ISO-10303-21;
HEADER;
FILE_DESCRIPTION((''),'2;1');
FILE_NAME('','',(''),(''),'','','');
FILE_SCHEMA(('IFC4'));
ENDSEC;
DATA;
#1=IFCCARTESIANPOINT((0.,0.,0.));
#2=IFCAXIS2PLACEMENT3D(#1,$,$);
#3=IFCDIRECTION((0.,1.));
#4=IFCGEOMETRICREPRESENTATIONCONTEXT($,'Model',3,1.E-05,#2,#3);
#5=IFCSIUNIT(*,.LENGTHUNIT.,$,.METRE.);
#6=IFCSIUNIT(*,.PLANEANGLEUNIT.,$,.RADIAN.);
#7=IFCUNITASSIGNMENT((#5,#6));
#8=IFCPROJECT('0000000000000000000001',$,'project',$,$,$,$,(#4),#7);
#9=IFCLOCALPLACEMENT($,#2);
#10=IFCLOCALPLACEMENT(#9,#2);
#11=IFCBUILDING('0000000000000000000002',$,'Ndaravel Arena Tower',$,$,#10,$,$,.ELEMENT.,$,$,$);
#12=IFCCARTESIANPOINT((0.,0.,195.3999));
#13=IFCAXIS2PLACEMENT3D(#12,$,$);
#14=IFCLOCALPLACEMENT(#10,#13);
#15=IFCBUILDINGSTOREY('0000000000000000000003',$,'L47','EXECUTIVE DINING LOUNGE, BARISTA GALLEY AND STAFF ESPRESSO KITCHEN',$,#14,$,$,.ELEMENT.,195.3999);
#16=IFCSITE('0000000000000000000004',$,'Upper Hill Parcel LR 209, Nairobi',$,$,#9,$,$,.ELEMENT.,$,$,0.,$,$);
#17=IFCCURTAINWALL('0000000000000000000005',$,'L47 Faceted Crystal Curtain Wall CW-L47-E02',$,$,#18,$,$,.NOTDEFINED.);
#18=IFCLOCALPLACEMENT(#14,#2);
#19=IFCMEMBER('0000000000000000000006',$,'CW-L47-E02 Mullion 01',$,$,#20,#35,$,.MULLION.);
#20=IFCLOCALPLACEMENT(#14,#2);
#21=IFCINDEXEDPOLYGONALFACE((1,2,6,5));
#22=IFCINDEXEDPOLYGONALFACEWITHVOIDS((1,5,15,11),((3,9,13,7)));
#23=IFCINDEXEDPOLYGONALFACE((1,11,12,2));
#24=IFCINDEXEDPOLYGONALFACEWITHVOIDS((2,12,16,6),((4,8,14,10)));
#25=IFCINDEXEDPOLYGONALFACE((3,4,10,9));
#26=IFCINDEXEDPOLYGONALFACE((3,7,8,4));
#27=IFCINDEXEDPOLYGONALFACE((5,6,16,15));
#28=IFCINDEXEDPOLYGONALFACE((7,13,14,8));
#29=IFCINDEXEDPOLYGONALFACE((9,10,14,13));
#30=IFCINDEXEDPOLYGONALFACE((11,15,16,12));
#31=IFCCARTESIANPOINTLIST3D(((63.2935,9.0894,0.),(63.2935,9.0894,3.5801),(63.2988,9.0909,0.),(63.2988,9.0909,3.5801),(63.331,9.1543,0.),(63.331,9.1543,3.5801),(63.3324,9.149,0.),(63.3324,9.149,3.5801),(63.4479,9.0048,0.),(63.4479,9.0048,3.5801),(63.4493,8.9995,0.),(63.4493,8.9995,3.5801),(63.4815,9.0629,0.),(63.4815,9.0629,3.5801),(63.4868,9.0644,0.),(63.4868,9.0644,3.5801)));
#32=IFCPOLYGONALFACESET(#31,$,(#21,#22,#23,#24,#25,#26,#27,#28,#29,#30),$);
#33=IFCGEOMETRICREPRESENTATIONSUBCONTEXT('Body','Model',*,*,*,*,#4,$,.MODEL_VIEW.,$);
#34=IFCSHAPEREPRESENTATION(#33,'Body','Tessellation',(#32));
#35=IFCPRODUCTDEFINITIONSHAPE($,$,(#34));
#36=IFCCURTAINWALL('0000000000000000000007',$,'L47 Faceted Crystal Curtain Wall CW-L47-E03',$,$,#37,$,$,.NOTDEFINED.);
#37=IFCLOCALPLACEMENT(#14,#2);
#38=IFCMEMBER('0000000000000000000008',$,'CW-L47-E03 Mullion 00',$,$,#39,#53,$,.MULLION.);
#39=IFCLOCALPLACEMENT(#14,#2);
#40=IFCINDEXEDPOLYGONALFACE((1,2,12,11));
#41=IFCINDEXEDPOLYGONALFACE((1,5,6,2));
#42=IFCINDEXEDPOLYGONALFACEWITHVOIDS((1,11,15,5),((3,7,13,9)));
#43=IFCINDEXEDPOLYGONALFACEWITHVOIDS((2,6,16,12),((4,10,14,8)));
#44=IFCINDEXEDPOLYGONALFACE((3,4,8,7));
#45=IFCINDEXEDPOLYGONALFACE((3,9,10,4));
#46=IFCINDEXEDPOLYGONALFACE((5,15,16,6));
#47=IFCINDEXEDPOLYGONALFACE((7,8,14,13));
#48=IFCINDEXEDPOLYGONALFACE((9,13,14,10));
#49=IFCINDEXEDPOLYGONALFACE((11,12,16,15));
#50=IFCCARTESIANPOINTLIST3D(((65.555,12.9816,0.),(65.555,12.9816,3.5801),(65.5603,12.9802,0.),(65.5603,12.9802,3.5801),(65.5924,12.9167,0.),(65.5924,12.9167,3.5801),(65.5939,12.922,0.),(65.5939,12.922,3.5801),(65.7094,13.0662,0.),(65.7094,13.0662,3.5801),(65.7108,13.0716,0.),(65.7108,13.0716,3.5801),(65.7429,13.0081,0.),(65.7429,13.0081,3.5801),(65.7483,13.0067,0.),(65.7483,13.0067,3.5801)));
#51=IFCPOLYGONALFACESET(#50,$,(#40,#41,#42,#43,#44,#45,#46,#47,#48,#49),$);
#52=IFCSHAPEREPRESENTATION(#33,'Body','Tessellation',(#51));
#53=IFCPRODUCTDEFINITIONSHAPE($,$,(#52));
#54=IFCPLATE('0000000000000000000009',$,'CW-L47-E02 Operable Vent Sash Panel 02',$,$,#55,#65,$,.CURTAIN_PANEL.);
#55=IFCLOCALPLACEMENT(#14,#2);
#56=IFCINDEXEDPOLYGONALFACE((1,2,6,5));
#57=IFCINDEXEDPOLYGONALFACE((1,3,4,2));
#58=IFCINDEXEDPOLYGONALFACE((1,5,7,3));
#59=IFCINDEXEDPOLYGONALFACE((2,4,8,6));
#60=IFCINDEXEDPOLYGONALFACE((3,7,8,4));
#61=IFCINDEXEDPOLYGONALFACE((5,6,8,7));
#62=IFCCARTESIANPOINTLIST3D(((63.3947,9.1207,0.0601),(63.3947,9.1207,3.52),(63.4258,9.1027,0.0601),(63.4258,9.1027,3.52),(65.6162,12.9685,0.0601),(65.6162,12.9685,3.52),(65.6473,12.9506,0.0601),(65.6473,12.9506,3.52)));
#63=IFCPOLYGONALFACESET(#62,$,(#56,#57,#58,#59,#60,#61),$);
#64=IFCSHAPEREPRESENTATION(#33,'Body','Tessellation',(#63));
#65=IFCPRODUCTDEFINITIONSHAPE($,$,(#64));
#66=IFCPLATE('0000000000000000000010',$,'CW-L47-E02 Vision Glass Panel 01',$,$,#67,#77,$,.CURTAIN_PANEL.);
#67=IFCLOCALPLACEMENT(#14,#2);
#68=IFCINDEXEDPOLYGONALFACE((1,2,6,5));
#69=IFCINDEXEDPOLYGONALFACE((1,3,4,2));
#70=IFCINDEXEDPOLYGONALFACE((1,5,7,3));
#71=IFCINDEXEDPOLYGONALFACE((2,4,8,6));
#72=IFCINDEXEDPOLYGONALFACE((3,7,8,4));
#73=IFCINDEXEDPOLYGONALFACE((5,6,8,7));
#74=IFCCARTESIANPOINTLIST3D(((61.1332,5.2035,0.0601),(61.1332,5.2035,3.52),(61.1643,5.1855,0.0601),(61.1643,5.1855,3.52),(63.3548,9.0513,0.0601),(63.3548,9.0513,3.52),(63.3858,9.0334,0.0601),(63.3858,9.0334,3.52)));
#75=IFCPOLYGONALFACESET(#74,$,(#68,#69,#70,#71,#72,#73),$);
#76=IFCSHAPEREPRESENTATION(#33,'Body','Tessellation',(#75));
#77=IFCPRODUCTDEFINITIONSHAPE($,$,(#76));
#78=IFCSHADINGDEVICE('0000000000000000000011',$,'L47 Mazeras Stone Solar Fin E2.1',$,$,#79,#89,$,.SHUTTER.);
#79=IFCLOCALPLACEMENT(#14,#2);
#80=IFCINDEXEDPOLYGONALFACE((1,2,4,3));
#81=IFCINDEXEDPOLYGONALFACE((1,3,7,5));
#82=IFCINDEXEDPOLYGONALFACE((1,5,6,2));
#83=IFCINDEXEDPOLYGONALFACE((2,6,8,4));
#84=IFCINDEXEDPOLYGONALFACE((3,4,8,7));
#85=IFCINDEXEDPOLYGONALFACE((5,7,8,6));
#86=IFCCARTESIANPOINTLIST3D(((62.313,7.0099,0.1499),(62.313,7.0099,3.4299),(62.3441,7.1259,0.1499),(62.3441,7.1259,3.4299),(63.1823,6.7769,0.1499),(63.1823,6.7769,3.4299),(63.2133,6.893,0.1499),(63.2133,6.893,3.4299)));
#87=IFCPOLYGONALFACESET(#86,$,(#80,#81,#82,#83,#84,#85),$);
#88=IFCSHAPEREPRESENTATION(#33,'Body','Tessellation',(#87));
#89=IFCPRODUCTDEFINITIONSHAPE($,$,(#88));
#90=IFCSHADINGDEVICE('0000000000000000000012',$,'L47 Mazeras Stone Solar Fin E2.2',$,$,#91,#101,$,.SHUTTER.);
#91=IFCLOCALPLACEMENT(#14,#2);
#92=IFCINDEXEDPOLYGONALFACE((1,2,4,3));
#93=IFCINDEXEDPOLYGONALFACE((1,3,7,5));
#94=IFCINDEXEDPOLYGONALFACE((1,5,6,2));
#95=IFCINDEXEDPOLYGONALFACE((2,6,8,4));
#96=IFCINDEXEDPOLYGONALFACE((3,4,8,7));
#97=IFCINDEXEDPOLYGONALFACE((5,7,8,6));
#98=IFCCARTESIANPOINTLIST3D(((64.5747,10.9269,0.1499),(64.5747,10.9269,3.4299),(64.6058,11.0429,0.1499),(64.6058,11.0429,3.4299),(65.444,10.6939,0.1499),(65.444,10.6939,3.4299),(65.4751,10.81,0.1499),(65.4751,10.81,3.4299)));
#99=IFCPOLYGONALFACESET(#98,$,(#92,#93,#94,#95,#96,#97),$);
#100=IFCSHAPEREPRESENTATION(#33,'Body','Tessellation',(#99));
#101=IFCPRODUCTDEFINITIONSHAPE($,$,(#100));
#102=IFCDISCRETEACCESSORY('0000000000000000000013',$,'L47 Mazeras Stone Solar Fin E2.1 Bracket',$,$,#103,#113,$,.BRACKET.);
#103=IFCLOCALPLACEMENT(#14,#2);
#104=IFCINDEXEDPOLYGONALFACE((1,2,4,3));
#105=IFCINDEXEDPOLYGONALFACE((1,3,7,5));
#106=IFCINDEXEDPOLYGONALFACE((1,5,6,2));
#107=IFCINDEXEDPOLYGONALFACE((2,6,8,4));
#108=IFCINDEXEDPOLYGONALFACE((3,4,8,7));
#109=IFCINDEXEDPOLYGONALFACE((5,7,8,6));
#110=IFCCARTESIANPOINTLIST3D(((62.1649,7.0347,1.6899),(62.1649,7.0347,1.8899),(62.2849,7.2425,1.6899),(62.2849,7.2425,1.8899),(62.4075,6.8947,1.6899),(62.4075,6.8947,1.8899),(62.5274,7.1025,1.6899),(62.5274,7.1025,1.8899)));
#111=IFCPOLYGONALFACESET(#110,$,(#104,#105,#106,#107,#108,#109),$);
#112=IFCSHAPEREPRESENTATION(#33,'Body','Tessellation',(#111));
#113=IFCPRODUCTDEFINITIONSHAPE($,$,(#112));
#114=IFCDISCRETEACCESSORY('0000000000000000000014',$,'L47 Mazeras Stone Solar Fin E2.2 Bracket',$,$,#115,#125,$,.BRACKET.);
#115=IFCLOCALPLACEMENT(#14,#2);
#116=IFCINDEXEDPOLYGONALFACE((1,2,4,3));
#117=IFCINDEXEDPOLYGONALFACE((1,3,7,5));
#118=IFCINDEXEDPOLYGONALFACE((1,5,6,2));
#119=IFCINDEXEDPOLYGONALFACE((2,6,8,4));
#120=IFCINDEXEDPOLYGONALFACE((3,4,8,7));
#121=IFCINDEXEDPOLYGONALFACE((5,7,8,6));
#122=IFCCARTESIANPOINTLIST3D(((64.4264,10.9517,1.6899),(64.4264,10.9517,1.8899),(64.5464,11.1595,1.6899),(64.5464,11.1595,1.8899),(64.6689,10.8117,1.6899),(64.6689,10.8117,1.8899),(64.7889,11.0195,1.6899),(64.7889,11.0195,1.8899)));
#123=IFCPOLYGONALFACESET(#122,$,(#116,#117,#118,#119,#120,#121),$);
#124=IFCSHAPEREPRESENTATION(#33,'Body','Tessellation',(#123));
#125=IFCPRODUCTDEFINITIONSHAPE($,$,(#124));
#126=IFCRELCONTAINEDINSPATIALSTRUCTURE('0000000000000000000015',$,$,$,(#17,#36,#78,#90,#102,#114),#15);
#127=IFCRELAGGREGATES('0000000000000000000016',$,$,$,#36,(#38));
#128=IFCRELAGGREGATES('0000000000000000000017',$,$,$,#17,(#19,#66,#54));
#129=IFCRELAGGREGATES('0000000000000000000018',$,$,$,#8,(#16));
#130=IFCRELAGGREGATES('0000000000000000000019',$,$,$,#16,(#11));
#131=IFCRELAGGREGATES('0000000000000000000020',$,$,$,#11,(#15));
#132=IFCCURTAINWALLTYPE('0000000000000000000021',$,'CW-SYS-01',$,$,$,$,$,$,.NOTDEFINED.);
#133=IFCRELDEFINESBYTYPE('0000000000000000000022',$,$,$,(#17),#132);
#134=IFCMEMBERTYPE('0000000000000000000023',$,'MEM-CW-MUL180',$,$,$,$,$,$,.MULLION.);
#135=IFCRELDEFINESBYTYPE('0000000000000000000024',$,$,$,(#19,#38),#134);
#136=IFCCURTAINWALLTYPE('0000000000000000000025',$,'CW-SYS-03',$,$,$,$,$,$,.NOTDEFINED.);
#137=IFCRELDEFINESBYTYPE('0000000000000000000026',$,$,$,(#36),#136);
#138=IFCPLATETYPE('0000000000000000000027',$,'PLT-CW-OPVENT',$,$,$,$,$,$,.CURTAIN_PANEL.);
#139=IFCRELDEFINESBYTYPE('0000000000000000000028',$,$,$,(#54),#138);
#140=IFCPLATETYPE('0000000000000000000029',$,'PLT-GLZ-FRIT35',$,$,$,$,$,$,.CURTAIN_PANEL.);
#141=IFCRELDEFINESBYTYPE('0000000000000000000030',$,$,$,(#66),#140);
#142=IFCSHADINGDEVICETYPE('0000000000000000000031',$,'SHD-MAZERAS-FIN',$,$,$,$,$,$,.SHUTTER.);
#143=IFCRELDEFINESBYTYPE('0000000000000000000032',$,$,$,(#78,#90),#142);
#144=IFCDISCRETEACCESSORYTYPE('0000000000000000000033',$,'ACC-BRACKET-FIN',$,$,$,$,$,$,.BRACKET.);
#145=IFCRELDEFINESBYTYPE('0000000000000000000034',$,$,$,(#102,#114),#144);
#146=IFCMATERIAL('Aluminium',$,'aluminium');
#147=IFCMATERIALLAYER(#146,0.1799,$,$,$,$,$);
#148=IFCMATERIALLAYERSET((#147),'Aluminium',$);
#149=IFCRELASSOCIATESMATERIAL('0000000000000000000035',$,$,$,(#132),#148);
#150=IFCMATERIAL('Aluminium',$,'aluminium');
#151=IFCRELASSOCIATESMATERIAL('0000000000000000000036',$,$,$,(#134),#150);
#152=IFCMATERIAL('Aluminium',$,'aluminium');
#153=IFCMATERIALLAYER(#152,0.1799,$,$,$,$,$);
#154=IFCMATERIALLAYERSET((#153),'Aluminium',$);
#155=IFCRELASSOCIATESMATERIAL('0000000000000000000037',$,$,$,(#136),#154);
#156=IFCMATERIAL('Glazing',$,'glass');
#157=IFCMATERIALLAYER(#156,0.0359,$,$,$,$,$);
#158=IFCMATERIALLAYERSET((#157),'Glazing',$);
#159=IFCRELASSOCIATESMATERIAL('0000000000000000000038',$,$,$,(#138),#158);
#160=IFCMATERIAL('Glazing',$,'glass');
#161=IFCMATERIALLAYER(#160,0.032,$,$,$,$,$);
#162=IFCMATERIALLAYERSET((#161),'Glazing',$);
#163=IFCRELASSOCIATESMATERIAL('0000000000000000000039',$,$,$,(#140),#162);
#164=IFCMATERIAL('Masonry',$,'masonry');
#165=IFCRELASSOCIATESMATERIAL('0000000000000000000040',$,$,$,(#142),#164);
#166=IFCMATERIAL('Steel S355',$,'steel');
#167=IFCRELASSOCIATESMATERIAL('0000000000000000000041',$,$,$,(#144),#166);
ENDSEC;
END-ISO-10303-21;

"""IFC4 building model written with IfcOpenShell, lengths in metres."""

from ifc_helpers import new_model, si_unit, direction, frame, origin, origin_2d, place, context, subcontext, project, spatial, rectangle, hollow_rectangle, extrude, material, layer, layer_set, material_profile, profile_set, type_object, element, aggregate, save


model = new_model("IFC4")

# Units and contexts
model_context = context("Model", 3, precision=1e-05, world=origin(), true_north=direction((0.0, 1.0)))
body_context = subcontext(model_context, "Body", "Model", "MODEL_VIEW")
ifc_project = project(units=[si_unit("LENGTHUNIT", "METRE"), si_unit("PLANEANGLEUNIT", "RADIAN")], contexts=[model_context])

# Site, building, storey
site_placement = place(None, origin())
site = spatial("IfcSite", under=ifc_project, at=site_placement, Name="Upper Hill Parcel LR 209, Nairobi", CompositionType="ELEMENT", RefElevation=0.0)
building_placement = place(site_placement, origin())
building = spatial("IfcBuilding", under=site, at=building_placement, Name="Ndaravel Arena Tower", CompositionType="ELEMENT")
storey_placement = place(building_placement, frame((0.0, 0.0, 195.3999)))
storey = spatial("IfcBuildingStorey", under=building, at=storey_placement, Name="L47", Description="EXECUTIVE DINING LOUNGE, BARISTA GALLEY AND STAFF ESPRESSO KITCHEN", CompositionType="ELEMENT", Elevation=195.3999)

# Curtain walls, members
ifc_material_1 = material(Name="Aluminium", Category="aluminium")
ifc_layer_1 = layer(ifc_material_1, 0.1799)
ifc_layer_set_1 = layer_set([ifc_layer_1], Name="Aluminium")
curtain_wall_type_1 = type_object("IfcCurtainWallType", Name="CW-SYS-01", PredefinedType="NOTDEFINED", material=ifc_layer_set_1)
curtain_wall_1_placement = place(storey_placement, origin())
curtain_wall_1 = element("IfcCurtainWall", 1, at=curtain_wall_1_placement, inside=storey, type_object=curtain_wall_type_1, Name="L47 Faceted Crystal Curtain Wall CW-L47-E02", PredefinedType="NOTDEFINED")
ifc_material_2 = material(Name="Aluminium", Category="aluminium")
ifc_material_profile_1 = material_profile(ifc_material_2, hollow_rectangle(XDim=0.075, YDim=0.1799, WallThickness=0.0039, at=origin_2d()), Name="CW MULLION 75x180x4")
ifc_profile_set_1 = profile_set([ifc_material_profile_1], Name="Aluminium")
member_type = type_object("IfcMemberType", Name="MEM-CW-MUL180", PredefinedType="MULLION", material=ifc_profile_set_1)
member_1_placement = place(storey_placement, frame((63.3901, 9.0769, 0.0), z_axis=(0.0, 0.0, 1.0), x_axis=(0.5, 0.866025, 0.0)))
member_1 = element("IfcMember", 2, at=member_1_placement, type_object=member_type, Name="CW-L47-E02 Mullion 01", PredefinedType="MULLION", context=body_context, shape_type="SweptSolid", body=[
    extrude(hollow_rectangle(XDim=0.075, YDim=0.1799, WallThickness=0.0039, at=origin_2d()), origin(), (0.0, 0.0, 1.0), 3.5801),
])
ifc_material_3 = material(Name="Aluminium", Category="aluminium")
ifc_layer_2 = layer(ifc_material_3, 0.1799)
ifc_layer_set_2 = layer_set([ifc_layer_2], Name="Aluminium")
curtain_wall_type_2 = type_object("IfcCurtainWallType", Name="CW-SYS-03", PredefinedType="NOTDEFINED", material=ifc_layer_set_2)
curtain_wall_2_placement = place(storey_placement, origin())
curtain_wall_2 = element("IfcCurtainWall", 3, at=curtain_wall_2_placement, inside=storey, type_object=curtain_wall_type_2, Name="L47 Faceted Crystal Curtain Wall CW-L47-E03", PredefinedType="NOTDEFINED")
member_2_placement = place(storey_placement, frame((65.6516, 12.9941, 0.0), z_axis=(0.0, 0.0, 1.0), x_axis=(-0.5, 0.866025, 0.0)))
member_2 = element("IfcMember", 4, at=member_2_placement, type_object=member_type, Name="CW-L47-E03 Mullion 00", PredefinedType="MULLION", context=body_context, shape_type="SweptSolid", body=[
    extrude(hollow_rectangle(XDim=0.075, YDim=0.1799, WallThickness=0.0039, at=origin_2d()), origin(), (0.0, 0.0, 1.0), 3.5801),
])
aggregate(curtain_wall_2, [member_2])

# Plates
ifc_material_4 = material(Name="Glazing", Category="glass")
ifc_layer_3 = layer(ifc_material_4, 0.0359)
ifc_layer_set_3 = layer_set([ifc_layer_3], Name="Glazing")
plate_type_1 = type_object("IfcPlateType", Name="PLT-CW-OPVENT", PredefinedType="CURTAIN_PANEL", material=ifc_layer_set_3)
plate_1_placement = place(storey_placement, frame((64.521, 11.0356, 0.0601), z_axis=(0.0, 0.0, 1.0), x_axis=(0.5, 0.866025, 0.0)))
plate_1 = element("IfcPlate", 5, at=plate_1_placement, type_object=plate_type_1, Name="CW-L47-E02 Operable Vent Sash Panel 02", PredefinedType="CURTAIN_PANEL", context=body_context, shape_type="SweptSolid", body=[
    extrude(rectangle(XDim=4.4431, YDim=0.0359, at=origin_2d()), origin(), (0.0, 0.0, 1.0), 3.46),
])
ifc_material_5 = material(Name="Glazing", Category="glass")
ifc_layer_4 = layer(ifc_material_5, 0.032)
ifc_layer_set_4 = layer_set([ifc_layer_4], Name="Glazing")
plate_type_2 = type_object("IfcPlateType", Name="PLT-GLZ-FRIT35", PredefinedType="CURTAIN_PANEL", material=ifc_layer_set_4)
plate_2_placement = place(storey_placement, frame((62.2595, 7.1184, 0.0601), z_axis=(0.0, 0.0, 1.0), x_axis=(0.5, 0.866025, 0.0)))
plate_2 = element("IfcPlate", 6, at=plate_2_placement, type_object=plate_type_2, Name="CW-L47-E02 Vision Glass Panel 01", PredefinedType="CURTAIN_PANEL", context=body_context, shape_type="SweptSolid", body=[
    extrude(rectangle(XDim=4.4431, YDim=0.0359, at=origin_2d()), origin(), (0.0, 0.0, 1.0), 3.46),
])
aggregate(curtain_wall_1, [member_1, plate_2, plate_1])

# Shading devices
ifc_material_6 = material(Name="Masonry", Category="masonry")
shading_device_type = type_object("IfcShadingDeviceType", Name="SHD-MAZERAS-FIN", PredefinedType="SHUTTER", material=ifc_material_6)
for number, where, z_axis, x_axis, name in (
    (7, (62.7632, 6.9514, 0.1499), (0.0, 0.0, 1.0), (0.965926, -0.258819, 0.0), "L47 Mazeras Stone Solar Fin E2.1"),
    (8, (65.0249, 10.8684, 0.1499), (0.0, 0.0, 1.0), (0.965926, -0.258819, 0.0), "L47 Mazeras Stone Solar Fin E2.2"),
):
    element("IfcShadingDevice", number, at=place(storey_placement, frame(where, z_axis=z_axis, x_axis=x_axis)), inside=storey, type_object=shading_device_type, Name=name, PredefinedType="SHUTTER", context=body_context, shape_type="SweptSolid", body=[
        extrude(rectangle(XDim=0.8999, YDim=0.1201, at=origin_2d()), origin(), (0.0, 0.0, 1.0), 3.28),
    ])

# Discrete accessories
ifc_material_7 = material(Name="Steel S355", Category="steel")
discrete_accessory_type = type_object("IfcDiscreteAccessoryType", Name="ACC-BRACKET-FIN", PredefinedType="BRACKET", material=ifc_material_7)
for number, where, z_axis, x_axis, name in (
    (9, (62.3462, 7.0686, 1.6899), (0.0, 0.0, 1.0), (0.866025, -0.5, 0.0), "L47 Mazeras Stone Solar Fin E2.1 Bracket"),
    (10, (64.6077, 10.9856, 1.6899), (0.0, 0.0, 1.0), (0.866025, -0.5, 0.0), "L47 Mazeras Stone Solar Fin E2.2 Bracket"),
):
    element("IfcDiscreteAccessory", number, at=place(storey_placement, frame(where, z_axis=z_axis, x_axis=x_axis)), inside=storey, type_object=discrete_accessory_type, Name=name, PredefinedType="BRACKET", context=body_context, shape_type="SweptSolid", body=[
        extrude(rectangle(XDim=0.28, YDim=0.24, at=origin_2d()), origin(), (0.0, 0.0, 1.0), 0.2),
    ])

save(model, "model.ifc")
